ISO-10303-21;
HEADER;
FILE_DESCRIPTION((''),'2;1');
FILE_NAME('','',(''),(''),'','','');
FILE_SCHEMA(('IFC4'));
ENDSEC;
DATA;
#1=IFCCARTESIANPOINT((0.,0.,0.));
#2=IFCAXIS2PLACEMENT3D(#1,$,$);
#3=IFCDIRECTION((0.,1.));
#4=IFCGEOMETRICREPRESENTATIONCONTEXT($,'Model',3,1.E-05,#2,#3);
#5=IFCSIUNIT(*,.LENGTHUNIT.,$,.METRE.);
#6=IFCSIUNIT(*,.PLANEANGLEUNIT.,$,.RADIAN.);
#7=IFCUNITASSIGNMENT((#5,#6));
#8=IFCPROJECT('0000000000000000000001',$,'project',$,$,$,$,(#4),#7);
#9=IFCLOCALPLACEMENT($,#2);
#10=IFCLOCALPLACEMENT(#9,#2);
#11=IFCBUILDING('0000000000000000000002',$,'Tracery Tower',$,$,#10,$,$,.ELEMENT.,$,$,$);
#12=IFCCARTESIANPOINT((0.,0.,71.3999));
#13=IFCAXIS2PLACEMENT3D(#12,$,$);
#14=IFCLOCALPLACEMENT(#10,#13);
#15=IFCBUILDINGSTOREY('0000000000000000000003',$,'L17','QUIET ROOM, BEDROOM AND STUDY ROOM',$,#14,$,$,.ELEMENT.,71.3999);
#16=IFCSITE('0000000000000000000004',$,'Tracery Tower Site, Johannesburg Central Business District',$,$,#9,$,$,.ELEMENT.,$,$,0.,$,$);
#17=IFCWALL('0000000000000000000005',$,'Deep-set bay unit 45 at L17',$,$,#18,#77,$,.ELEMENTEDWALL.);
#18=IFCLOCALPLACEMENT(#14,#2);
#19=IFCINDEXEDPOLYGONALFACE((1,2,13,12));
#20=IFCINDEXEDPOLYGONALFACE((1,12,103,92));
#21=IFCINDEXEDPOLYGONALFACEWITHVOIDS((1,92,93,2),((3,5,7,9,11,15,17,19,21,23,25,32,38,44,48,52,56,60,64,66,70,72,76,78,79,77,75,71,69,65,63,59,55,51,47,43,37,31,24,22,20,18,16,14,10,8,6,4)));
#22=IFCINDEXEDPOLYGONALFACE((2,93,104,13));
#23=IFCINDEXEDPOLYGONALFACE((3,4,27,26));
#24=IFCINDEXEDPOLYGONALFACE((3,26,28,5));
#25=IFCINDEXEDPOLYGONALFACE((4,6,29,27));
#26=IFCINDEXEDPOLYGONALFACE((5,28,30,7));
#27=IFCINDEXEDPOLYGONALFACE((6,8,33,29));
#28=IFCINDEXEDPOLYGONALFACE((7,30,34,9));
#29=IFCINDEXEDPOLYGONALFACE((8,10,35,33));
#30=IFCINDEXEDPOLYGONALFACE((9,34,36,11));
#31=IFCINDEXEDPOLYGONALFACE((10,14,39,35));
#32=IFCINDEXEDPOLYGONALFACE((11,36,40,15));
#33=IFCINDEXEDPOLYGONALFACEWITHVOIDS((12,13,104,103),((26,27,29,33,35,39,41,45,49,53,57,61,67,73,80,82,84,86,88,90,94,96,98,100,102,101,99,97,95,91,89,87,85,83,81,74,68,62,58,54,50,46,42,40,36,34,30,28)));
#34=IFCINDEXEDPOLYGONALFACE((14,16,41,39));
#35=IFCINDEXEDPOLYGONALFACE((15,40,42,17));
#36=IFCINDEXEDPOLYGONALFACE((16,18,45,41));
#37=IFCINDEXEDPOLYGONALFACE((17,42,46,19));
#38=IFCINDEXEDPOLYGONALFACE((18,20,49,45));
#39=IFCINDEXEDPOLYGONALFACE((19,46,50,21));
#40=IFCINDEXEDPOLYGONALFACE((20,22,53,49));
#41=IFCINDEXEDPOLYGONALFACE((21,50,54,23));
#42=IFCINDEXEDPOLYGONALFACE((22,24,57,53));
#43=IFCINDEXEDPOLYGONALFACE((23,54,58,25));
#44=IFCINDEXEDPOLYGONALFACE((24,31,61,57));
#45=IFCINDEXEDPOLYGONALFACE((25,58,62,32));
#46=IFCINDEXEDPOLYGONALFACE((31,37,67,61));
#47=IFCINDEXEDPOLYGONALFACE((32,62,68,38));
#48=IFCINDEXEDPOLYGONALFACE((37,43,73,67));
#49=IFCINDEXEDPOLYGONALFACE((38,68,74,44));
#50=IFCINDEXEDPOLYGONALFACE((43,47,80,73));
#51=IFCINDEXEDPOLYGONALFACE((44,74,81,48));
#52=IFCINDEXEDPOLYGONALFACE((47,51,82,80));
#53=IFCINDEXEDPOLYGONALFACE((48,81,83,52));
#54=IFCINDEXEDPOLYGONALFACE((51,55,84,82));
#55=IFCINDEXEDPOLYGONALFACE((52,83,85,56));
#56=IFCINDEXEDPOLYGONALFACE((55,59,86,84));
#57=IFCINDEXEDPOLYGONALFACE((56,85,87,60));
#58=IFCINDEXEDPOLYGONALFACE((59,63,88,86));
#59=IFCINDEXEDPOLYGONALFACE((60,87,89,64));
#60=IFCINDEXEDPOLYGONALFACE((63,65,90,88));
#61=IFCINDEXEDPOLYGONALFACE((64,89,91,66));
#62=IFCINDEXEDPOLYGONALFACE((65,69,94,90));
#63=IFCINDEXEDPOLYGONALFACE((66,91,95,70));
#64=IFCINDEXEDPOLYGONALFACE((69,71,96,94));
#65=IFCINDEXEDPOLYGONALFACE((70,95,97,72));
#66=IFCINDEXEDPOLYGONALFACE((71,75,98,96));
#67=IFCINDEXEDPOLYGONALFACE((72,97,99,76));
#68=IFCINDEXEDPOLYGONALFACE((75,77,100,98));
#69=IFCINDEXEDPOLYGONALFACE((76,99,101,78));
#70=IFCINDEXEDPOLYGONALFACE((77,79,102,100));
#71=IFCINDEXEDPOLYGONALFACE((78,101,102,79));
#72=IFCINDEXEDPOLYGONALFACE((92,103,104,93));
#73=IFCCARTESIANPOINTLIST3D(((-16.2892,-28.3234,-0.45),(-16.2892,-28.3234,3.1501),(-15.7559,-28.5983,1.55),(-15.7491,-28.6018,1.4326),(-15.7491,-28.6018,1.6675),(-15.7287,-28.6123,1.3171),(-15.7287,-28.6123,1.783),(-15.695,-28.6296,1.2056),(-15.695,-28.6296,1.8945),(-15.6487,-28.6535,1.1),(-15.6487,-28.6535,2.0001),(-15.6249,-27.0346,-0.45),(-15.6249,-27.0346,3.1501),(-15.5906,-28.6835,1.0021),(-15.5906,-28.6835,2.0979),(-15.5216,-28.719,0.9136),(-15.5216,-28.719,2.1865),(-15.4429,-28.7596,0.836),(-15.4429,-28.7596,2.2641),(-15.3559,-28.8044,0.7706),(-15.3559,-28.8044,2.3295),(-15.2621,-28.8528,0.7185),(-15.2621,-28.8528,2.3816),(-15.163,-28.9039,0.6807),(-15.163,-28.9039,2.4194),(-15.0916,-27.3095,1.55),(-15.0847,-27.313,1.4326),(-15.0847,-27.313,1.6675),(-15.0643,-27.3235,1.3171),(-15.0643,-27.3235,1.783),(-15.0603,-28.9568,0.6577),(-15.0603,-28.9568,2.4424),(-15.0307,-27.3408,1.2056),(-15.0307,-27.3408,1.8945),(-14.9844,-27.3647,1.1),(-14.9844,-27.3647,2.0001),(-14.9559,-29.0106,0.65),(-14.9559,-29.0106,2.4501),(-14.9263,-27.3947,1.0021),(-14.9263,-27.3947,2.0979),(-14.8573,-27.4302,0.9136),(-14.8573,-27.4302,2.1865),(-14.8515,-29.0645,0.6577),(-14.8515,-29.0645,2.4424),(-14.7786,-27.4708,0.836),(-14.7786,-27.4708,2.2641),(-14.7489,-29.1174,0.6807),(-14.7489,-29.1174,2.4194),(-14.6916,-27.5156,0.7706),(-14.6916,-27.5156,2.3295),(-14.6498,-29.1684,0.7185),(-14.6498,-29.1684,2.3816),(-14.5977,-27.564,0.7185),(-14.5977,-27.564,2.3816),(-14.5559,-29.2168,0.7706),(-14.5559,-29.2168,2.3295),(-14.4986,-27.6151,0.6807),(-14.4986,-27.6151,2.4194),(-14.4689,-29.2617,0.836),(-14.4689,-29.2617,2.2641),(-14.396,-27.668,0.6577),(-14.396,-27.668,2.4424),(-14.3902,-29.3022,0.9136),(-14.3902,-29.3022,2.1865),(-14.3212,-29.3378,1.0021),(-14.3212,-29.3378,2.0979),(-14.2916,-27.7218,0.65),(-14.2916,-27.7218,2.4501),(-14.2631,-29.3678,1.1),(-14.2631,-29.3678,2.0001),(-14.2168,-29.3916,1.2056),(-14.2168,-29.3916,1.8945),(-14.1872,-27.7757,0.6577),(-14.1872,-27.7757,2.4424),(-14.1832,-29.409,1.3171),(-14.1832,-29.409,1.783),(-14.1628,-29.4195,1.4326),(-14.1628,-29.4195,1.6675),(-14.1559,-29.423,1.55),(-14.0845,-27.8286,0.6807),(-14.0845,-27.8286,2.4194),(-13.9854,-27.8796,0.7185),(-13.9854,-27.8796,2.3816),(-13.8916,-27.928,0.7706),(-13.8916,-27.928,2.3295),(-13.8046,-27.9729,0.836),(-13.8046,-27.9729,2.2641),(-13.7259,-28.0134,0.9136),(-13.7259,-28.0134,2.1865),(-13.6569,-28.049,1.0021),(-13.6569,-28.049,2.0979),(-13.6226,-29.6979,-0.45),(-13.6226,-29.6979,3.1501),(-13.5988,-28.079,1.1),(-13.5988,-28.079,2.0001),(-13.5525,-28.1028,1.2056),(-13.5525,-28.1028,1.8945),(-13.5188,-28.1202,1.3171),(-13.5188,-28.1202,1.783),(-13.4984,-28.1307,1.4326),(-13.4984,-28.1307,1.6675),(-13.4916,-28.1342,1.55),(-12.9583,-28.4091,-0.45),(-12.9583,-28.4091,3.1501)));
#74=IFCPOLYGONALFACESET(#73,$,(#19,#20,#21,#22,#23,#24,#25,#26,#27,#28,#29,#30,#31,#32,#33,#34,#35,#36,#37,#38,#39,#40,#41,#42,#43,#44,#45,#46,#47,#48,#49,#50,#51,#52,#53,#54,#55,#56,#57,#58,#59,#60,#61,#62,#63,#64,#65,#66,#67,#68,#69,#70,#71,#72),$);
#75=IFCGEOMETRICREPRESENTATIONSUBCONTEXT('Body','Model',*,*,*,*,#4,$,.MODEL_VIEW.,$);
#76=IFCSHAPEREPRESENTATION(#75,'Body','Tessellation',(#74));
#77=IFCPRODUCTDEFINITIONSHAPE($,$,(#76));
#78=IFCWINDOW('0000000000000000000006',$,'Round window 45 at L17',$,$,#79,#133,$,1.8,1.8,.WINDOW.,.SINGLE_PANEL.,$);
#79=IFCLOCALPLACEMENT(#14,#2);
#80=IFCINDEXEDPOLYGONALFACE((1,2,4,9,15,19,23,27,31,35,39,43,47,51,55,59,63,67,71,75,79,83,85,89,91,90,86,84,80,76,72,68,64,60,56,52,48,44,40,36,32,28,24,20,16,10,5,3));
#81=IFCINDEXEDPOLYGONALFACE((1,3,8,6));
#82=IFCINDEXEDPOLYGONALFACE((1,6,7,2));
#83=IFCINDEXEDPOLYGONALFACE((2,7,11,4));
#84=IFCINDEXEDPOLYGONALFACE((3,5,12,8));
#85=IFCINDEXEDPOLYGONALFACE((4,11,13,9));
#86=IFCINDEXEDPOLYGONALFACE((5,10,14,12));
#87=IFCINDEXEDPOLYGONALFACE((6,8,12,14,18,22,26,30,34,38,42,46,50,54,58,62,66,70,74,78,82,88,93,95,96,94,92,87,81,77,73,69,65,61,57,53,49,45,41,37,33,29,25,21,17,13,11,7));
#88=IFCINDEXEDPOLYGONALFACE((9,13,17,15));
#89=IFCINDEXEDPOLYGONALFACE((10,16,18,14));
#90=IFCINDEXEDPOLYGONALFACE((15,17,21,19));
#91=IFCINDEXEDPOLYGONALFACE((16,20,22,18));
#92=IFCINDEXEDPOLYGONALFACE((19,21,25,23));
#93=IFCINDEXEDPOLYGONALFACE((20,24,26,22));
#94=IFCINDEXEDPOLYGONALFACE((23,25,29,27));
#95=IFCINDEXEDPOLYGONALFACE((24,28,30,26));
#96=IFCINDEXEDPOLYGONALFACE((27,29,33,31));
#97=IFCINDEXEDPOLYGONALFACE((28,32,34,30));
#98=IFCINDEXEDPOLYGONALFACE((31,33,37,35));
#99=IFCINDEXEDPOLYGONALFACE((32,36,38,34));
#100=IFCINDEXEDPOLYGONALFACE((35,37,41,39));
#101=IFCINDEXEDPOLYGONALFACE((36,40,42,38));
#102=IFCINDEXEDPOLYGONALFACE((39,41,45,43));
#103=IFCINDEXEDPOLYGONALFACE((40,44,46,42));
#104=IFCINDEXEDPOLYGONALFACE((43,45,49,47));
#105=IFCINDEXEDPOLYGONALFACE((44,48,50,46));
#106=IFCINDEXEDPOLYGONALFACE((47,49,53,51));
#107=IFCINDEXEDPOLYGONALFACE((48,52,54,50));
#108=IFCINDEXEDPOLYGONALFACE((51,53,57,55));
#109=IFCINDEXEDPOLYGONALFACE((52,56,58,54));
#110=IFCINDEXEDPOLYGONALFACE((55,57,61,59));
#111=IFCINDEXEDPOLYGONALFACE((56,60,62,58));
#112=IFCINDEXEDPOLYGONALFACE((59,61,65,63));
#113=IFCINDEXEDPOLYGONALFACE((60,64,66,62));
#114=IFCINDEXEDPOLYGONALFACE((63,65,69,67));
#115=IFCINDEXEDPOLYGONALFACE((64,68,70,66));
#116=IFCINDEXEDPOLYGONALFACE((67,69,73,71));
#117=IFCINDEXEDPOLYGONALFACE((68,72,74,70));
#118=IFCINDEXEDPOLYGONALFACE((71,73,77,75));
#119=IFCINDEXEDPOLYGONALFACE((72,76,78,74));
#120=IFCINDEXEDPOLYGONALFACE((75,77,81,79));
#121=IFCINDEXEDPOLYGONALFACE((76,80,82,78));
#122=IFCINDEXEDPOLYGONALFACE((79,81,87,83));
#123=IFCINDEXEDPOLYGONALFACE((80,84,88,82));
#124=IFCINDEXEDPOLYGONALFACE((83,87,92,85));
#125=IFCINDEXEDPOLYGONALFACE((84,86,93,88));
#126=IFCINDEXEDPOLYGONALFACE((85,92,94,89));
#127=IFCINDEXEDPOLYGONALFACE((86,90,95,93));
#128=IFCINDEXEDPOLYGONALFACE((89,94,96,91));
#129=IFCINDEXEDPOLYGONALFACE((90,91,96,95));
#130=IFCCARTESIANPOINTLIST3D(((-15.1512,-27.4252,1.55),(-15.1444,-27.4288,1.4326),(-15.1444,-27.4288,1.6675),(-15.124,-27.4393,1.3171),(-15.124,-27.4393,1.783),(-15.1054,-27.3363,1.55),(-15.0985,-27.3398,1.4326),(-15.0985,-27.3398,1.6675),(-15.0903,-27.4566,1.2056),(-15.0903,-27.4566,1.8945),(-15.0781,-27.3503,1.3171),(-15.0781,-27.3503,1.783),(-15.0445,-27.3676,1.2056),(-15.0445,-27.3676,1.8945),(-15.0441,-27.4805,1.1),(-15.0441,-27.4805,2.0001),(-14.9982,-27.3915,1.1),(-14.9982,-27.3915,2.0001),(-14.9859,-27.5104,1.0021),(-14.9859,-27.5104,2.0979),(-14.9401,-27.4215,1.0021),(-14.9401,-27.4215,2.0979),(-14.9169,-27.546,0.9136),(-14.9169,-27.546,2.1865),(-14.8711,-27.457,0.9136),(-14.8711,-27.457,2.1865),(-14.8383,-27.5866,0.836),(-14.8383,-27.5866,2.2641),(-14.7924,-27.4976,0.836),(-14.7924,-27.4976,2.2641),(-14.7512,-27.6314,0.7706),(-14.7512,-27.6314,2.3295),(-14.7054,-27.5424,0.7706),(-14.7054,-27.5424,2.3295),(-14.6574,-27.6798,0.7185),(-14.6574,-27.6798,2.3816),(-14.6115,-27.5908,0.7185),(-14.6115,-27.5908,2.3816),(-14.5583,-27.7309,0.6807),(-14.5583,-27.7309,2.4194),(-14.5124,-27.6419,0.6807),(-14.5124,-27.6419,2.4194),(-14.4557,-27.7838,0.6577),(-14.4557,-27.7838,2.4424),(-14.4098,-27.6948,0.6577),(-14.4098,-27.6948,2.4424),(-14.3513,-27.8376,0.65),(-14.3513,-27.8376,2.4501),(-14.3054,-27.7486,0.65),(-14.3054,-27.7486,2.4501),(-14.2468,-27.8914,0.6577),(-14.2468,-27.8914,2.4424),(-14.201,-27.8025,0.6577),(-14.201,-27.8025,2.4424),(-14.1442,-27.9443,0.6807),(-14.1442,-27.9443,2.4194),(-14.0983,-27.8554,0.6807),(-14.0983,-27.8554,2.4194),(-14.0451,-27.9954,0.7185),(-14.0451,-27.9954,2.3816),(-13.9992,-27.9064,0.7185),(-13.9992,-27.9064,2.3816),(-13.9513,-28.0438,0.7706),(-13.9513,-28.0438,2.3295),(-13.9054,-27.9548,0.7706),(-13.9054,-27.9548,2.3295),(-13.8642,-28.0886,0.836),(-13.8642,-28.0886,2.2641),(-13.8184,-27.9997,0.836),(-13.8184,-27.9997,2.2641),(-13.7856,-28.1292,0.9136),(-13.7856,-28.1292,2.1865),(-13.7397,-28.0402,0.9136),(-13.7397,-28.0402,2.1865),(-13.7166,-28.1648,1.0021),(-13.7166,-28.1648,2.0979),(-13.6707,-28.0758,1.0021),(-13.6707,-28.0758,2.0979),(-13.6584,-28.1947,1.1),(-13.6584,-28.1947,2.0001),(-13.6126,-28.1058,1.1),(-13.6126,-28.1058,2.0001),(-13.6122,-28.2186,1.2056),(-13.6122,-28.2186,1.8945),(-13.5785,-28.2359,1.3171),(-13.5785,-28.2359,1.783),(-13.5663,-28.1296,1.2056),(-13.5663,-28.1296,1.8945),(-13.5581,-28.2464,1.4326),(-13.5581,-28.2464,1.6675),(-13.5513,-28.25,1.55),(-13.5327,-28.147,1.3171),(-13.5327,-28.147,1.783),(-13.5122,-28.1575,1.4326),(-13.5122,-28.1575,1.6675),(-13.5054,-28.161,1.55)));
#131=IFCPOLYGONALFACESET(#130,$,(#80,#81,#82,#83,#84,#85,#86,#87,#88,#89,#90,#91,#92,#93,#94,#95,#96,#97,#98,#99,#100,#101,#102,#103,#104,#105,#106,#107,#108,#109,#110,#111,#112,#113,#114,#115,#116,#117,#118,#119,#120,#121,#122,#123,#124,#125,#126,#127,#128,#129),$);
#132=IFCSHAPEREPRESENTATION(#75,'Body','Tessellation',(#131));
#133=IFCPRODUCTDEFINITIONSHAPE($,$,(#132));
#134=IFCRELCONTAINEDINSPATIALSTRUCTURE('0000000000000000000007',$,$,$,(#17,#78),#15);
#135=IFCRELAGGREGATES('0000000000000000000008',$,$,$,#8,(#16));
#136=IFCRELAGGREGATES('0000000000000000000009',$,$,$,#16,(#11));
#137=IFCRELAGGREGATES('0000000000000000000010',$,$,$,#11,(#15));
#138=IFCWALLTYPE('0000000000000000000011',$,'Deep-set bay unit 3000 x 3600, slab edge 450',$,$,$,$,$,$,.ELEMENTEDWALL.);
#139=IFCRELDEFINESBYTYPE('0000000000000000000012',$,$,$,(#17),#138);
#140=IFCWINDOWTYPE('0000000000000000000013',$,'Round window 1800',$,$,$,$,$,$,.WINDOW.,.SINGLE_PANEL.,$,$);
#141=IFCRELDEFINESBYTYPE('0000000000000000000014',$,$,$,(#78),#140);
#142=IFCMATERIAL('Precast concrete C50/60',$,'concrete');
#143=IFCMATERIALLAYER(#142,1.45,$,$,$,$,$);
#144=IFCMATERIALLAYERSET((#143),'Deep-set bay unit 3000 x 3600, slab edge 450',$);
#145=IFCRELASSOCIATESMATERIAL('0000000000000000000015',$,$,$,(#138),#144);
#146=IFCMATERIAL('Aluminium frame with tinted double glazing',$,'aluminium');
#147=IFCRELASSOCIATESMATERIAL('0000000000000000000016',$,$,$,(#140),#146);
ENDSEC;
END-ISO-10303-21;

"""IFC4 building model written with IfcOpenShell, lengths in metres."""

from ifc_helpers import new_model, si_unit, direction, frame, frame_2d, origin, origin_2d, place, context, subcontext, project, spatial, rectangle, circle, extrude, material, layer, layer_set, type_object, element, fill, save


model = new_model("IFC4")

# Units and contexts
model_context = context("Model", 3, precision=1e-05, world=origin(), true_north=direction((0.0, 1.0)))
body_context = subcontext(model_context, "Body", "Model", "MODEL_VIEW")
ifc_project = project(units=[si_unit("LENGTHUNIT", "METRE"), si_unit("PLANEANGLEUNIT", "RADIAN")], contexts=[model_context])

# Site, building, storey
site_placement = place(None, origin())
site = spatial("IfcSite", under=ifc_project, at=site_placement, Name="Tracery Tower Site, Johannesburg Central Business District", CompositionType="ELEMENT", RefElevation=0.0)
building_placement = place(site_placement, origin())
building = spatial("IfcBuilding", under=site, at=building_placement, Name="Tracery Tower", CompositionType="ELEMENT")
storey_placement = place(building_placement, frame((0.0, 0.0, 71.3999)))
storey = spatial("IfcBuildingStorey", under=building, at=storey_placement, Name="L17", Description="QUIET ROOM, BEDROOM AND STUDY ROOM", CompositionType="ELEMENT", Elevation=71.3999)

# Wall, opening, window
ifc_material_1 = material(Name="Precast concrete C50/60", Category="concrete")
ifc_layer_1 = layer(ifc_material_1, 1.45)
ifc_layer_set_1 = layer_set([ifc_layer_1], Name="Deep-set bay unit 3000 x 3600, slab edge 450")
wall_type_1 = type_object("IfcWallType", Name="Deep-set bay unit 3000 x 3600, slab edge 450", PredefinedType="ELEMENTEDWALL", material=ifc_layer_set_1)
ifc_material_2 = material(Name="Aluminium frame with tinted double glazing", Category="aluminium")
window_type = type_object("IfcWindowType", Name="Round window 1800", PartitioningType="SINGLE_PANEL", PredefinedType="WINDOW", material=ifc_material_2)
wall_1_placement = place(storey_placement, frame((-15.957, -27.679, -0.45), z_axis=(0.0, 0.0, 1.0), x_axis=(0.888858, -0.458183, 0.0)))
wall_1 = element("IfcWall", 1, at=wall_1_placement, inside=storey, type_object=wall_type_1, Name="Deep-set bay unit 45 at L17", PredefinedType="ELEMENTEDWALL", context=body_context, shape_type="SweptSolid", body=[
    extrude(rectangle(XDim=3.0, YDim=1.45, at=frame_2d((1.5, 0.0))), origin(), (0.0, 0.0, 1.0), 3.6001),
])
opening_1_placement = place(wall_1_placement, frame((1.5, 0.0, 2.0)))
opening_1 = element("IfcOpeningElement", 2, at=opening_1_placement, cuts=wall_1, PredefinedType="OPENING", context=body_context, shape_type="SweptSolid", body=[
    extrude(circle(Radius=0.9, at=origin_2d()), frame((0.0, 0.7349, 0.0), z_axis=(0.0, -1.0, 0.0), x_axis=(1.0, 0.0, 0.0)), (0.0, 0.0, 1.0), 1.47),
])
window_1_placement = place(opening_1_placement, origin())
window_1 = element("IfcWindow", 3, at=window_1_placement, inside=storey, type_object=window_type, Name="Round window 45 at L17", OverallHeight=1.8, OverallWidth=1.8, PartitioningType="SINGLE_PANEL", PredefinedType="WINDOW", context=body_context, shape_type="SweptSolid", body=[
    extrude(circle(Radius=0.9, at=origin_2d()), frame((0.0, 0.6948, 0.0), z_axis=(0.0, -1.0, 0.0), x_axis=(1.0, 0.0, 0.0)), (0.0, 0.0, 1.0), 0.1001),
])
fill(opening_1, window_1)

save(model, "model.ifc")
